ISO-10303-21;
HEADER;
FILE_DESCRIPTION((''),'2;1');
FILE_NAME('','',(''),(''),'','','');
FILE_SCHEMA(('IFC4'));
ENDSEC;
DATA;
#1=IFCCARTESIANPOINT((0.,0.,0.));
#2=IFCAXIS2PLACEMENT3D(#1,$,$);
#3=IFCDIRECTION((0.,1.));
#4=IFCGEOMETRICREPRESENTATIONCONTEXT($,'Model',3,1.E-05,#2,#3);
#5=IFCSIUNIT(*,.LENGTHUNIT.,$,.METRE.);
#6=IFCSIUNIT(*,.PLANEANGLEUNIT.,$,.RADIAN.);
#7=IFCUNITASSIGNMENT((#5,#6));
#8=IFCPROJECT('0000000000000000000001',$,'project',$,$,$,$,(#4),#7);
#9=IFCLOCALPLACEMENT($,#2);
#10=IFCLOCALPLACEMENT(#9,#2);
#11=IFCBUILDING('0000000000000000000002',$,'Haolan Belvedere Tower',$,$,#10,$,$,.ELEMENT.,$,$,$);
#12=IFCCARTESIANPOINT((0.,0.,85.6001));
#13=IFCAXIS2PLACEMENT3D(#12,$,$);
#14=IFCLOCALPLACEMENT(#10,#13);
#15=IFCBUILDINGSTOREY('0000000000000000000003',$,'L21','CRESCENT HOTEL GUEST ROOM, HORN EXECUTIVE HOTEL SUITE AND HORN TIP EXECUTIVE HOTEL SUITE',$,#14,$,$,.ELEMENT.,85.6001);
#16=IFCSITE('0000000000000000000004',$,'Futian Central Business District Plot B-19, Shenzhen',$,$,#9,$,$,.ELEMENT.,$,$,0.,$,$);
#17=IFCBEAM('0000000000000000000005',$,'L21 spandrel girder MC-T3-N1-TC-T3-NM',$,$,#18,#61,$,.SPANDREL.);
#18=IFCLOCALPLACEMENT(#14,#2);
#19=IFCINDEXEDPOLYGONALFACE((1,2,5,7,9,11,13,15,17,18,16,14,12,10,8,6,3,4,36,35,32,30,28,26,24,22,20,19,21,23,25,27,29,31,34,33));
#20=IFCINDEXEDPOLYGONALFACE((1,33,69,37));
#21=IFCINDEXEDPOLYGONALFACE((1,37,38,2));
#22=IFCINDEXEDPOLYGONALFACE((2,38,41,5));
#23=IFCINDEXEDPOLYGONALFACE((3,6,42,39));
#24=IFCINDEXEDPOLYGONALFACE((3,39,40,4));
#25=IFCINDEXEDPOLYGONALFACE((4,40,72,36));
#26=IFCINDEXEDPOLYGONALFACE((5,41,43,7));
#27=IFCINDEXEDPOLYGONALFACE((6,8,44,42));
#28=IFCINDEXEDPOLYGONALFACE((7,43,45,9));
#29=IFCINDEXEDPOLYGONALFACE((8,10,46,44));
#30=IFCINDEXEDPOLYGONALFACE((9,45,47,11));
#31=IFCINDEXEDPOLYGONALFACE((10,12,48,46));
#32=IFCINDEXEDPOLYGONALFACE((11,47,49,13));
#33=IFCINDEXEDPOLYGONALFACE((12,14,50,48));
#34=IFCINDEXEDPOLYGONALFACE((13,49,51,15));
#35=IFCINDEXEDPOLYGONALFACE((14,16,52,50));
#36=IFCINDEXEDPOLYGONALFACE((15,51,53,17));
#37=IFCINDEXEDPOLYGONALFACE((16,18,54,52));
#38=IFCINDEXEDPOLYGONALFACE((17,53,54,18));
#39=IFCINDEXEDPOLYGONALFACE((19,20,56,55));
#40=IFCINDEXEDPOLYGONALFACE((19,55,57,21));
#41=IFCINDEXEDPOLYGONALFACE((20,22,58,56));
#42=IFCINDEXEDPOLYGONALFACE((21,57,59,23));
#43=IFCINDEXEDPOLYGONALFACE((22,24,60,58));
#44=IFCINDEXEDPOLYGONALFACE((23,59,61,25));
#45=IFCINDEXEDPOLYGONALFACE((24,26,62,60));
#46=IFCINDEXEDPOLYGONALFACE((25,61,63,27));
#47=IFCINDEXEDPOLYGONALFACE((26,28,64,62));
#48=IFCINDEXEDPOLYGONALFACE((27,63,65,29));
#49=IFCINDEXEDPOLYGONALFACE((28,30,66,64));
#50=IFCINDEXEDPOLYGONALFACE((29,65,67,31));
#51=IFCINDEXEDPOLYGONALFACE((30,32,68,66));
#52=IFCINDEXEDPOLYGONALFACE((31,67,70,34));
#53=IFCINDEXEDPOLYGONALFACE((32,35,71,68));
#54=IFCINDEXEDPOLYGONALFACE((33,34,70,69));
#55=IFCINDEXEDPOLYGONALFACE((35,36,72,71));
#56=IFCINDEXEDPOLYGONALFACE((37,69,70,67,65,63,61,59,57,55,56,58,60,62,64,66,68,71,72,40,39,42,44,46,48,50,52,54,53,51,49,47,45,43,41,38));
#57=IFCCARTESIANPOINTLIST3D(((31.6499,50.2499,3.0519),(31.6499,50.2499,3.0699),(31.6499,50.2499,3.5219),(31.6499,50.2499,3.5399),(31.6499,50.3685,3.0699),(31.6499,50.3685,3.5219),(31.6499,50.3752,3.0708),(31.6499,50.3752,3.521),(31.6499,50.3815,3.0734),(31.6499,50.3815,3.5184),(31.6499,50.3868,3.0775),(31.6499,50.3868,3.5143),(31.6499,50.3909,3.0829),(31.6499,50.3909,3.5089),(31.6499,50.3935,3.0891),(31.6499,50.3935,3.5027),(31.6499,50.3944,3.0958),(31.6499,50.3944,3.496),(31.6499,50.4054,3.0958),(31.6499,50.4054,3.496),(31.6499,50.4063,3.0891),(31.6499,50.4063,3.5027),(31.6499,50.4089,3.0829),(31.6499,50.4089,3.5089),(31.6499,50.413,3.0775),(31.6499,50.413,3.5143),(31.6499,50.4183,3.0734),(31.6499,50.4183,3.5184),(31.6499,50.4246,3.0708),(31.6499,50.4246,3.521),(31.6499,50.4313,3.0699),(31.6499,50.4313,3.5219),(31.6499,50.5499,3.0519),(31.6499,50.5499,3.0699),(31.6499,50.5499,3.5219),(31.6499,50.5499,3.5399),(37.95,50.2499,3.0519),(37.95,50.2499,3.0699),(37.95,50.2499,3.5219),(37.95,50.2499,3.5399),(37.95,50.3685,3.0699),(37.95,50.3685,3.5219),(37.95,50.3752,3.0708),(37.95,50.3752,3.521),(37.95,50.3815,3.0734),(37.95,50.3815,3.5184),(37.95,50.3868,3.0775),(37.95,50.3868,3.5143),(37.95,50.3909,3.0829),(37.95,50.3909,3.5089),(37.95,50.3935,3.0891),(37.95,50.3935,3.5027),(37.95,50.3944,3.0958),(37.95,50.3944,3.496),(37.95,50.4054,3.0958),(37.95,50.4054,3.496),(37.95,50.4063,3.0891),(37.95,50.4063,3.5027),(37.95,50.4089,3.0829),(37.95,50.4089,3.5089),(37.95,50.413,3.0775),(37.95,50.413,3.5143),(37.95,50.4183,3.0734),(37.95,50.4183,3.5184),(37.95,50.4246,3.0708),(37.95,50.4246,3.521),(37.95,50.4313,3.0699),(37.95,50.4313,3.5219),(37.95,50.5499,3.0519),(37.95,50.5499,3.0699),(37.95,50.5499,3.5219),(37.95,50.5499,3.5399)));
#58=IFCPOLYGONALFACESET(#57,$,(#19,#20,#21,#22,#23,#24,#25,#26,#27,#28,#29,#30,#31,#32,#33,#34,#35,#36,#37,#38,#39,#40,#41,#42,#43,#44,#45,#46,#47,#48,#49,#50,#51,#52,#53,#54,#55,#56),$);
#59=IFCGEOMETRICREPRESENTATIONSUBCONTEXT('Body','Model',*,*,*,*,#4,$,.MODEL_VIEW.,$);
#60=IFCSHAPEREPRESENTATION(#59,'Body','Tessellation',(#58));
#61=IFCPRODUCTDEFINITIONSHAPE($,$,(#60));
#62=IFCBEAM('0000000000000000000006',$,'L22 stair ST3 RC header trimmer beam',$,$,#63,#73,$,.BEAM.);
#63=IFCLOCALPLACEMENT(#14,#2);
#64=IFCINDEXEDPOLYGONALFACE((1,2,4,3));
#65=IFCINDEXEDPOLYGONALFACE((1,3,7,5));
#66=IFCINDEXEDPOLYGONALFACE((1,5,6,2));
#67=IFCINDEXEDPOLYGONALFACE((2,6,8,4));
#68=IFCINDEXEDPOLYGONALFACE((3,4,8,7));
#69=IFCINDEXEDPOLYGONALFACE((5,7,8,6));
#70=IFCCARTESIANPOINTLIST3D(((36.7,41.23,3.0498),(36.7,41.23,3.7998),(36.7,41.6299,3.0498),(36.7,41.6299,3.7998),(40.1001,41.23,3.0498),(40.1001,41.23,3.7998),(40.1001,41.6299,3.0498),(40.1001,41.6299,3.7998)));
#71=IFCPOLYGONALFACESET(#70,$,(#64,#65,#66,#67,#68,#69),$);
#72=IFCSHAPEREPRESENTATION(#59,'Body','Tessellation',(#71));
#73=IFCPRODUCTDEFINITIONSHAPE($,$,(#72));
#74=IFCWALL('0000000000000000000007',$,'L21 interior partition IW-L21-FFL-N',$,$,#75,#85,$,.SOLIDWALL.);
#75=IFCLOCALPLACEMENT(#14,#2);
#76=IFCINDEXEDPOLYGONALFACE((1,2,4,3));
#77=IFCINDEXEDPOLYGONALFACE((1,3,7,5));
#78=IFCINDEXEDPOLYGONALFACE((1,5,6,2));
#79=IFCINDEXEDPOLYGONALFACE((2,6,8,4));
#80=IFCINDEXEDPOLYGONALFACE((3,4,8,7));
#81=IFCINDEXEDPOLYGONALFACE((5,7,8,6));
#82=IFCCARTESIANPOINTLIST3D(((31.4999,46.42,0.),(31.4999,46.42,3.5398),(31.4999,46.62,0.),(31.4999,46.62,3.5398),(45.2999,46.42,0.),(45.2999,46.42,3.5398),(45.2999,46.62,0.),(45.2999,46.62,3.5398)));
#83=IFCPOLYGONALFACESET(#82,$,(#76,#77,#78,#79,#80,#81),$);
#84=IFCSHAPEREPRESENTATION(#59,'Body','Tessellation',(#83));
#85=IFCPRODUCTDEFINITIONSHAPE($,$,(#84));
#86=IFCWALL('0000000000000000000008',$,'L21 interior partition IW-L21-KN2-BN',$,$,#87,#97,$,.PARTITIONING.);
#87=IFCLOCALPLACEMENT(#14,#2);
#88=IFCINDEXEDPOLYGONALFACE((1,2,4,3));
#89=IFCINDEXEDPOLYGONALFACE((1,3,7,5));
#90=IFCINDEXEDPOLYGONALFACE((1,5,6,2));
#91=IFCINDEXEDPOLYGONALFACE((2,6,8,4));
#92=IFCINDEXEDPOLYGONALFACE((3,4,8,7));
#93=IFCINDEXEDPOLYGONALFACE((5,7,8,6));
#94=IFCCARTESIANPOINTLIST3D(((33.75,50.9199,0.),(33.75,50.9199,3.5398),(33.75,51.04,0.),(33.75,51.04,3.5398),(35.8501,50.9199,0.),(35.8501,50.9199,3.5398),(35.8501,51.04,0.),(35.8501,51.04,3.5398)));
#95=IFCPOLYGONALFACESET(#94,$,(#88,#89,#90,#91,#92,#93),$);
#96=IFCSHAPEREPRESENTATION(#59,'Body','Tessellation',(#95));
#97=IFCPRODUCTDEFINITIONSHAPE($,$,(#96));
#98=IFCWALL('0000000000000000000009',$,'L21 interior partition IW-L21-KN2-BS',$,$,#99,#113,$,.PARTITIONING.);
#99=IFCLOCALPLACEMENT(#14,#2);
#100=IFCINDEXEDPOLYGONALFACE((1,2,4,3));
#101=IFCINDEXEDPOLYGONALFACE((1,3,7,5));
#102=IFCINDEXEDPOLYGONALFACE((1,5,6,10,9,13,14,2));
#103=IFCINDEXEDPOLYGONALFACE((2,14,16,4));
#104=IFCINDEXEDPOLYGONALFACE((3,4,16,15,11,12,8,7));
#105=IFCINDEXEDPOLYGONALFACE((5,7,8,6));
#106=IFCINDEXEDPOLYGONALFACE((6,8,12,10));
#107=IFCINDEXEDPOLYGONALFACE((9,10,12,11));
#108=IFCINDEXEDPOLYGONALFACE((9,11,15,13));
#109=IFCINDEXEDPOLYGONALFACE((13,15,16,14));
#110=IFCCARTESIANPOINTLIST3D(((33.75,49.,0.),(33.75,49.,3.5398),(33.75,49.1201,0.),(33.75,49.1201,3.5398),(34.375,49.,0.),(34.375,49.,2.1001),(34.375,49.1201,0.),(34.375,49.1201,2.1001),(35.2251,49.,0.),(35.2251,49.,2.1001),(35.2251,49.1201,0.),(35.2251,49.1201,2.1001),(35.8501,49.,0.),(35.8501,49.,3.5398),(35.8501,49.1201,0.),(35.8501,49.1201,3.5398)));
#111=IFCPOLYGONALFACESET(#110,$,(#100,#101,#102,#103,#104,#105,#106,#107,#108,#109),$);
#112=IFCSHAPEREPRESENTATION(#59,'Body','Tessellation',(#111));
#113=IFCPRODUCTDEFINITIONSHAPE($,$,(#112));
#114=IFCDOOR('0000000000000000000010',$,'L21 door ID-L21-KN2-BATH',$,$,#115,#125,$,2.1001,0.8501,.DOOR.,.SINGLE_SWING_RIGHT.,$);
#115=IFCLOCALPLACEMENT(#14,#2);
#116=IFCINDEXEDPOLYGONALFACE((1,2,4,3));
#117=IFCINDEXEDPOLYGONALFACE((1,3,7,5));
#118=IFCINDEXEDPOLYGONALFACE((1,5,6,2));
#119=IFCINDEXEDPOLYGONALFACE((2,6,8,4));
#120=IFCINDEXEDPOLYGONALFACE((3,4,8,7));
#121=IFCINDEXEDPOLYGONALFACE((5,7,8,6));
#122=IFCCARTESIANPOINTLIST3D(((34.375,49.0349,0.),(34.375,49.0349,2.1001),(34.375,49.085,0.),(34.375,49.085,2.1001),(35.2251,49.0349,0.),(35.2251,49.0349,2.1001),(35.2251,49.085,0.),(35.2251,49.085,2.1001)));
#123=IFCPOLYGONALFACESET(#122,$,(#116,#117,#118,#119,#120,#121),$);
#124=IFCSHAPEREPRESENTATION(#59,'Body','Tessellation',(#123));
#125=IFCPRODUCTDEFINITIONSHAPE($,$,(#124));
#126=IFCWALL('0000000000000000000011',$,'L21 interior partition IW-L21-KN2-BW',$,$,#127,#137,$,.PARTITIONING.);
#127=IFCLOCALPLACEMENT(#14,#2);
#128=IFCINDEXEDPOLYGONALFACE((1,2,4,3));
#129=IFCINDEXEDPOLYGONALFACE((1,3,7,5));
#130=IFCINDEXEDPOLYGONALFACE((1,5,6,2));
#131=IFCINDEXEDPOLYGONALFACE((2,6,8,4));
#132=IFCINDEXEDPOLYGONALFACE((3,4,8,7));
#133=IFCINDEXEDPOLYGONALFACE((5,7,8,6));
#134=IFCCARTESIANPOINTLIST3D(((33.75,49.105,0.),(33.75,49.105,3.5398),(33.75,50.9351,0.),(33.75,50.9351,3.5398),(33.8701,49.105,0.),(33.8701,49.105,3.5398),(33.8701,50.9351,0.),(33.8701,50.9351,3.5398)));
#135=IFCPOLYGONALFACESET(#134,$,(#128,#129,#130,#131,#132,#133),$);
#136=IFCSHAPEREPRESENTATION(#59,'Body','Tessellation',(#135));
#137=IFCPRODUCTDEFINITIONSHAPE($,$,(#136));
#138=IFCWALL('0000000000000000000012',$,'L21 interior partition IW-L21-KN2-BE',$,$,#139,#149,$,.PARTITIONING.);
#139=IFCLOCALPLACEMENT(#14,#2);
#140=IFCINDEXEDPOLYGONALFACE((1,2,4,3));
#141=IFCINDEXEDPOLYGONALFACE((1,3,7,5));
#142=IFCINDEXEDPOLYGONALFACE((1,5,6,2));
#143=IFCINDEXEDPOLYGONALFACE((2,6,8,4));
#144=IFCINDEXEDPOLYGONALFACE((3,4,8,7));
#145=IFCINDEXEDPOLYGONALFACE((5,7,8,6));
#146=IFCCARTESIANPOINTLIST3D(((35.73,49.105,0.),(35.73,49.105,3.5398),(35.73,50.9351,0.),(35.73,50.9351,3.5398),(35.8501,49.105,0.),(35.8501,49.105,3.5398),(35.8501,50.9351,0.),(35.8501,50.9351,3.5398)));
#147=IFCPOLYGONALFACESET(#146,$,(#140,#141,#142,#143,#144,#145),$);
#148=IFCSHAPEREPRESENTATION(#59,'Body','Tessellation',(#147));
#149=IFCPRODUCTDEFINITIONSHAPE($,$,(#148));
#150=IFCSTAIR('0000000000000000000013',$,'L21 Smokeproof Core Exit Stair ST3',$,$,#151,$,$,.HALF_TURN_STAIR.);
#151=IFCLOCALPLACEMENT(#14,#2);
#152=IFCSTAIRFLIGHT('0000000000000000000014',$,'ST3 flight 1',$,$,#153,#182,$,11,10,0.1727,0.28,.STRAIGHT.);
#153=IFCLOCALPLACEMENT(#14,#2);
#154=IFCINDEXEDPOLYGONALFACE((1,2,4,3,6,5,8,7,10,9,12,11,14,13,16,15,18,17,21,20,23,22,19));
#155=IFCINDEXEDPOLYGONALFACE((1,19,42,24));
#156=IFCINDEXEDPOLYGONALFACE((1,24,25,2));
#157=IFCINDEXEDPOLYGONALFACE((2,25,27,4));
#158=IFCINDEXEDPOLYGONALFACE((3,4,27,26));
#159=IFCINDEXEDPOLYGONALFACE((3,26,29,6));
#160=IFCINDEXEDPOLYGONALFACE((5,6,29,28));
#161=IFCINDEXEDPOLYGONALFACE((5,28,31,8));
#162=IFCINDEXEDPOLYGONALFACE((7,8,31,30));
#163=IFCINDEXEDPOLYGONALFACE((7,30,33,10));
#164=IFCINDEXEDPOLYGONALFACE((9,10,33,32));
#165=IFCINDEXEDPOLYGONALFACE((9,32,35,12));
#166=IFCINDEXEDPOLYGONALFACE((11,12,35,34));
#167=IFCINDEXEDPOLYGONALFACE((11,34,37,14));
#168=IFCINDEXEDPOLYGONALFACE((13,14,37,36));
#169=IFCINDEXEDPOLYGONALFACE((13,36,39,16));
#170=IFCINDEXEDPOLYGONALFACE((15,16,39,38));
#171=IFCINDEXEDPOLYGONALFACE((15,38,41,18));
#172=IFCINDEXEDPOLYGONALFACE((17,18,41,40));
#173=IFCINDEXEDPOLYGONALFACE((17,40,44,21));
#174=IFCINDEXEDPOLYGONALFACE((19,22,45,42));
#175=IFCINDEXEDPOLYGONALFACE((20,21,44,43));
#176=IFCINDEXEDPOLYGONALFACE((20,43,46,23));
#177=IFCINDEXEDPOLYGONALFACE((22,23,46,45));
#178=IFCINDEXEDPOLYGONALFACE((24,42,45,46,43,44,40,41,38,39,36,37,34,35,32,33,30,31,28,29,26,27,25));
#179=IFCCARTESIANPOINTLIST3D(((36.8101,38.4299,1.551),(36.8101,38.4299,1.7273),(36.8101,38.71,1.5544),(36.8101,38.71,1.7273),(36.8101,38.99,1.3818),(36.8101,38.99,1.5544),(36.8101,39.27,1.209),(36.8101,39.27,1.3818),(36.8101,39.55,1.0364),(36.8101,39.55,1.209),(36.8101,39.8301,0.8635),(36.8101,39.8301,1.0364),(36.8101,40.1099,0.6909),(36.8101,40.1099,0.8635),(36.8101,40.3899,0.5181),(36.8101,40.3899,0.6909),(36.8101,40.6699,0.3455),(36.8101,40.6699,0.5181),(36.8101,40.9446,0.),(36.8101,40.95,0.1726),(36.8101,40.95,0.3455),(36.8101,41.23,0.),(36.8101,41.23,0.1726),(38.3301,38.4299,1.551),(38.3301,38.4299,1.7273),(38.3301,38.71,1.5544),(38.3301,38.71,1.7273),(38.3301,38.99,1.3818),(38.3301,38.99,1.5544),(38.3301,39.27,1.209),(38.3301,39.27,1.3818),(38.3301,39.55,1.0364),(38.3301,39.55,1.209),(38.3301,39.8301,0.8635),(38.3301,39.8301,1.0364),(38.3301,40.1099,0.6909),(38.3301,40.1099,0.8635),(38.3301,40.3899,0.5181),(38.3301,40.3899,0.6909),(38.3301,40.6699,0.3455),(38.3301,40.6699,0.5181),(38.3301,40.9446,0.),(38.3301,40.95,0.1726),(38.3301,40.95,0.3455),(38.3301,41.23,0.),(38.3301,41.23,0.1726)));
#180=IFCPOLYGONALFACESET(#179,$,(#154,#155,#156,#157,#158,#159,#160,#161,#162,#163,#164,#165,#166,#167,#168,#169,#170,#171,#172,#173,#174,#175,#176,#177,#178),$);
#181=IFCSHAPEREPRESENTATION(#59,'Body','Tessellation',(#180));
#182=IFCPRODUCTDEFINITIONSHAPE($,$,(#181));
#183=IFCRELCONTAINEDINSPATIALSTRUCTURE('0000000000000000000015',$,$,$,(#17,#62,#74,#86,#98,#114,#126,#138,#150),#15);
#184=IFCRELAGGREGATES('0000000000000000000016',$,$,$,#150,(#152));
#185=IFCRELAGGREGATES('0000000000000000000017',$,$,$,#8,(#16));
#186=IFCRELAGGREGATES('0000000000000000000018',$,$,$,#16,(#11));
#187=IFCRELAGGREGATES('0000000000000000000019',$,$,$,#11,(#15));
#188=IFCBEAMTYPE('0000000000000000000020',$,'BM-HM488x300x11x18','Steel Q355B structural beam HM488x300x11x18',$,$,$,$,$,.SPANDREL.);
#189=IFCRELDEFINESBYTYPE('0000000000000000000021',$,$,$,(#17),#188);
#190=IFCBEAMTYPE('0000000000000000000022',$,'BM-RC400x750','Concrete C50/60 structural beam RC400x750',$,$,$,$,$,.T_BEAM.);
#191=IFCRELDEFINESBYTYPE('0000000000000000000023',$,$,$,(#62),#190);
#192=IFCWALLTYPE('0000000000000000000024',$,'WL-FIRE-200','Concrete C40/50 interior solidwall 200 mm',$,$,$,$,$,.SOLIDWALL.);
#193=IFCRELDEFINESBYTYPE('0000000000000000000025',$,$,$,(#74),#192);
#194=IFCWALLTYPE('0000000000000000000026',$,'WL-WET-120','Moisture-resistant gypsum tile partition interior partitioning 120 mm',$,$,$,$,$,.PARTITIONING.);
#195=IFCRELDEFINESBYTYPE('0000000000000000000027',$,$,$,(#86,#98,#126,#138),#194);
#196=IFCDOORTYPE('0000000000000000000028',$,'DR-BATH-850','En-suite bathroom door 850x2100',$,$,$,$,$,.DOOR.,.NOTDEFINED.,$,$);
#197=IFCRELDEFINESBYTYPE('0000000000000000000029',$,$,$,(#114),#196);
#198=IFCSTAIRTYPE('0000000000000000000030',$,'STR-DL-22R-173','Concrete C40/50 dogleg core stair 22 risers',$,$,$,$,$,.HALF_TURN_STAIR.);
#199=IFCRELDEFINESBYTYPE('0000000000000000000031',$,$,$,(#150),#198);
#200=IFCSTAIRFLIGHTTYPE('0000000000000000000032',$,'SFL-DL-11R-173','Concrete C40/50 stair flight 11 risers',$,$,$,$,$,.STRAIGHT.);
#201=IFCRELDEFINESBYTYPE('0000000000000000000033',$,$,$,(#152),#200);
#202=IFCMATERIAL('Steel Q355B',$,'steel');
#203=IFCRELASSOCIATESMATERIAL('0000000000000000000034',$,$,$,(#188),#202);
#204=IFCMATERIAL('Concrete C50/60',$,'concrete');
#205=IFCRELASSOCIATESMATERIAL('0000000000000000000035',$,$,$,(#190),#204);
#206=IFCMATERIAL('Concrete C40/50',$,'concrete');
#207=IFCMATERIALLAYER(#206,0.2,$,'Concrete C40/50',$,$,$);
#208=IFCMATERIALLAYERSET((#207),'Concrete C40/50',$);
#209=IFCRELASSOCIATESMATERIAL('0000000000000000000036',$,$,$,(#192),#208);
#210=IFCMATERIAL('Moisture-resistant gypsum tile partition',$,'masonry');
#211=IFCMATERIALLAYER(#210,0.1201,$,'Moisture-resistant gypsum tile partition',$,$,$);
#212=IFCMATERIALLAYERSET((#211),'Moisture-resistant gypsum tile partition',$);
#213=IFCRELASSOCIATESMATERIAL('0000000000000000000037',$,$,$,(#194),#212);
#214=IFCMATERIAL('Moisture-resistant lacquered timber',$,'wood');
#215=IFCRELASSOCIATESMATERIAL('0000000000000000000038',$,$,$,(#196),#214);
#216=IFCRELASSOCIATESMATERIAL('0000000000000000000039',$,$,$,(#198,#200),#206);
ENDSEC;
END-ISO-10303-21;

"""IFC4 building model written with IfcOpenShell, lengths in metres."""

from ifc_helpers import new_model, si_unit, direction, frame, frame_2d, origin, origin_2d, place, context, subcontext, project, spatial, polyline, rectangle, i_section, outline, extrude, material, layer, layer_set, material_profile, profile_set, type_object, element, fill, aggregate, save


model = new_model("IFC4")

# Units and contexts
model_context = context("Model", 3, precision=1e-05, world=origin(), true_north=direction((0.0, 1.0)))
body_context = subcontext(model_context, "Body", "Model", "MODEL_VIEW")
ifc_project = project(units=[si_unit("LENGTHUNIT", "METRE"), si_unit("PLANEANGLEUNIT", "RADIAN")], contexts=[model_context])

# Site, building, storey
site_placement = place(None, origin())
site = spatial("IfcSite", under=ifc_project, at=site_placement, Name="Futian Central Business District Plot B-19, Shenzhen", CompositionType="ELEMENT", RefElevation=0.0)
building_placement = place(site_placement, origin())
building = spatial("IfcBuilding", under=site, at=building_placement, Name="Haolan Belvedere Tower", CompositionType="ELEMENT")
storey_placement = place(building_placement, frame((0.0, 0.0, 85.6001)))
storey = spatial("IfcBuildingStorey", under=building, at=storey_placement, Name="L21", Description="CRESCENT HOTEL GUEST ROOM, HORN EXECUTIVE HOTEL SUITE AND HORN TIP EXECUTIVE HOTEL SUITE", CompositionType="ELEMENT", Elevation=85.6001)

# Beams
ifc_material_1 = material(Name="Steel Q355B", Category="steel")
ifc_material_profile_1 = material_profile(ifc_material_1, i_section(OverallWidth=0.3, OverallDepth=0.488, WebThickness=0.011, FlangeThickness=0.0181, FilletRadius=0.0259, at=origin_2d()), Name="Steel Q355B")
ifc_profile_set_1 = profile_set([ifc_material_profile_1], Name="Steel Q355B")
beam_type_1 = type_object("IfcBeamType", Name="BM-HM488x300x11x18", Description="Steel Q355B structural beam HM488x300x11x18", PredefinedType="SPANDREL", material=ifc_profile_set_1)
beam_1_placement = place(storey_placement, frame((31.6499, 50.3999, 3.2959), z_axis=(1.0, 0.0, 0.0), x_axis=(0.0, 1.0, 0.0)))
element("IfcBeam", 1, at=beam_1_placement, inside=storey, type_object=beam_type_1, Name="L21 spandrel girder MC-T3-N1-TC-T3-NM", PredefinedType="SPANDREL", context=body_context, shape_type="SweptSolid", body=[
    extrude(i_section(OverallWidth=0.3, OverallDepth=0.488, WebThickness=0.011, FlangeThickness=0.0181, FilletRadius=0.0259, at=origin_2d()), origin(), (0.0, 0.0, 1.0), 6.3),
])
ifc_material_2 = material(Name="Concrete C50/60", Category="concrete")
ifc_material_profile_2 = material_profile(ifc_material_2, rectangle(XDim=0.3999, YDim=0.75, at=origin_2d()), Name="Concrete C50/60")
ifc_profile_set_2 = profile_set([ifc_material_profile_2], Name="Concrete C50/60")
beam_type_2 = type_object("IfcBeamType", Name="BM-RC400x750", Description="Concrete C50/60 structural beam RC400x750", PredefinedType="T_BEAM", material=ifc_profile_set_2)
beam_2_placement = place(storey_placement, frame((36.7, 41.4299, 3.4248), z_axis=(1.0, 0.0, 0.0), x_axis=(0.0, 1.0, 0.0)))
element("IfcBeam", 2, at=beam_2_placement, inside=storey, type_object=beam_type_2, Name="L22 stair ST3 RC header trimmer beam", PredefinedType="BEAM", context=body_context, shape_type="SweptSolid", body=[
    extrude(rectangle(XDim=0.3999, YDim=0.75, at=origin_2d()), origin(), (0.0, 0.0, 1.0), 3.4001),
])

# Walls
ifc_material_3 = material(Name="Concrete C40/50", Category="concrete")
ifc_layer_1 = layer(ifc_material_3, 0.2, Name="Concrete C40/50")
ifc_layer_set_1 = layer_set([ifc_layer_1], Name="Concrete C40/50")
wall_type_1 = type_object("IfcWallType", Name="WL-FIRE-200", Description="Concrete C40/50 interior solidwall 200 mm", PredefinedType="SOLIDWALL", material=ifc_layer_set_1)
wall_1_placement = place(storey_placement, frame((31.5, 46.52, 0.0), z_axis=(0.0, 0.0, 1.0), x_axis=(1.0, 0.0, 0.0)))
element("IfcWall", 3, at=wall_1_placement, inside=storey, type_object=wall_type_1, Name="L21 interior partition IW-L21-FFL-N", PredefinedType="SOLIDWALL", context=body_context, shape_type="SweptSolid", body=[
    extrude(rectangle(XDim=13.8, YDim=0.2, at=frame_2d((6.8999, 0.0))), origin(), (0.0, 0.0, 1.0), 3.5398),
])
ifc_material_4 = material(Name="Moisture-resistant gypsum tile partition", Category="masonry")
ifc_layer_2 = layer(ifc_material_4, 0.1201, Name="Moisture-resistant gypsum tile partition")
ifc_layer_set_2 = layer_set([ifc_layer_2], Name="Moisture-resistant gypsum tile partition")
wall_type_2 = type_object("IfcWallType", Name="WL-WET-120", Description="Moisture-resistant gypsum tile partition interior partitioning 120 mm", PredefinedType="PARTITIONING", material=ifc_layer_set_2)
wall_2_placement = place(storey_placement, frame((33.75, 50.98, 0.0), z_axis=(0.0, 0.0, 1.0), x_axis=(1.0, 0.0, 0.0)))
element("IfcWall", 4, at=wall_2_placement, inside=storey, type_object=wall_type_2, Name="L21 interior partition IW-L21-KN2-BN", PredefinedType="PARTITIONING", context=body_context, shape_type="SweptSolid", body=[
    extrude(rectangle(XDim=2.1001, YDim=0.1201, at=frame_2d((1.05, 0.0))), origin(), (0.0, 0.0, 1.0), 3.5398),
])

# Wall, opening, door
wall_3_placement = place(storey_placement, frame((33.75, 49.0601, 0.0), z_axis=(0.0, 0.0, 1.0), x_axis=(1.0, 0.0, 0.0)))
wall_3 = element("IfcWall", 5, at=wall_3_placement, inside=storey, type_object=wall_type_2, Name="L21 interior partition IW-L21-KN2-BS", PredefinedType="PARTITIONING", context=body_context, shape_type="SweptSolid", body=[
    extrude(rectangle(XDim=2.1001, YDim=0.1201, at=frame_2d((1.05, 0.0))), origin(), (0.0, 0.0, 1.0), 3.5398),
])
opening_placement = place(wall_3_placement, frame((0.625, 0.0, 0.0)))
opening = element("IfcOpeningElement", 6, at=opening_placement, cuts=wall_3, PredefinedType="OPENING", context=body_context, shape_type="SweptSolid", body=[
    extrude(rectangle(XDim=0.8501, YDim=2.1001, at=frame_2d((0.425, 1.05))), frame((0.0, 0.0701, 0.0), z_axis=(0.0, -1.0, 0.0), x_axis=(1.0, 0.0, 0.0)), (0.0, 0.0, 1.0), 0.1401),
])
ifc_material_5 = material(Name="Moisture-resistant lacquered timber", Category="wood")
door_type = type_object("IfcDoorType", Name="DR-BATH-850", Description="En-suite bathroom door 850x2100", OperationType="NOTDEFINED", PredefinedType="DOOR", material=ifc_material_5)
door_placement = place(opening_placement, origin())
door = element("IfcDoor", 7, at=door_placement, inside=storey, type_object=door_type, Name="L21 door ID-L21-KN2-BATH", OperationType="SINGLE_SWING_RIGHT", OverallHeight=2.1001, OverallWidth=0.8501, PredefinedType="DOOR", context=body_context, shape_type="SweptSolid", body=[
    extrude(rectangle(XDim=0.8501, YDim=2.1001, at=frame_2d((0.425, 1.05))), frame((0.0, 0.0249, 0.0), z_axis=(0.0, -1.0, 0.0), x_axis=(1.0, 0.0, 0.0)), (0.0, 0.0, 1.0), 0.05),
])
fill(opening, door)

# Walls
for number, where, z_axis, x_axis, name in (
    (8, (33.8101, 49.105, 0.0), (0.0, 0.0, 1.0), (0.0, 1.0, 0.0), "L21 interior partition IW-L21-KN2-BW"),
    (9, (35.79, 49.105, 0.0), (0.0, 0.0, 1.0), (0.0, 1.0, 0.0), "L21 interior partition IW-L21-KN2-BE"),
):
    element("IfcWall", number, at=place(storey_placement, frame(where, z_axis=z_axis, x_axis=x_axis)), inside=storey, type_object=wall_type_2, Name=name, PredefinedType="PARTITIONING", context=body_context, shape_type="SweptSolid", body=[
        extrude(rectangle(XDim=1.8301, YDim=0.1201, at=frame_2d((0.915, 0.0))), origin(), (0.0, 0.0, 1.0), 3.5398),
    ])

# Stair, stair flight
stair_type = type_object("IfcStairType", Name="STR-DL-22R-173", Description="Concrete C40/50 dogleg core stair 22 risers", PredefinedType="HALF_TURN_STAIR", material=ifc_material_3)
stair_placement = place(storey_placement, origin())
stair = element("IfcStair", 10, at=stair_placement, inside=storey, type_object=stair_type, Name="L21 Smokeproof Core Exit Stair ST3", PredefinedType="HALF_TURN_STAIR")
stair_flight_type = type_object("IfcStairFlightType", Name="SFL-DL-11R-173", Description="Concrete C40/50 stair flight 11 risers", PredefinedType="STRAIGHT", material=ifc_material_3)
stair_flight_placement = place(storey_placement, frame((37.5701, 41.23, 0.0), z_axis=(0.0, 0.0, 1.0), x_axis=(0.0, -1.0, 0.0)))
stair_flight = element("IfcStairFlight", 11, at=stair_flight_placement, type_object=stair_flight_type, Name="ST3 flight 1", NumberOfRisers=11, NumberOfTreads=10, PredefinedType="STRAIGHT", RiserHeight=0.1727, TreadLength=0.28, context=body_context, shape_type="SweptSolid", body=[
    extrude(outline(polyline([(0.0, 0.0), (0.0, 0.1726), (0.28, 0.1726), (0.28, 0.3455), (0.5601, 0.3455), (0.5601, 0.5181), (0.8401, 0.5181), (0.8401, 0.6909), (1.1201, 0.6909), (1.1201, 0.8635), (1.3999, 0.8635), (1.3999, 1.0364), (1.6799, 1.0364), (1.6799, 1.209), (1.96, 1.209), (1.96, 1.3818), (2.24, 1.3818), (2.24, 1.5544), (2.52, 1.5544), (2.52, 1.7273), (2.8, 1.7273), (2.8, 1.8999), (2.8, 1.551), (0.2854, 0.0), (0.0, 0.0)])), frame((0.0, 0.76, 0.0), z_axis=(0.0, -1.0, 0.0), x_axis=(1.0, 0.0, 0.0)), (0.0, 0.0, 1.0), 1.52),
])
aggregate(stair, [stair_flight])

save(model, "model.ifc")
